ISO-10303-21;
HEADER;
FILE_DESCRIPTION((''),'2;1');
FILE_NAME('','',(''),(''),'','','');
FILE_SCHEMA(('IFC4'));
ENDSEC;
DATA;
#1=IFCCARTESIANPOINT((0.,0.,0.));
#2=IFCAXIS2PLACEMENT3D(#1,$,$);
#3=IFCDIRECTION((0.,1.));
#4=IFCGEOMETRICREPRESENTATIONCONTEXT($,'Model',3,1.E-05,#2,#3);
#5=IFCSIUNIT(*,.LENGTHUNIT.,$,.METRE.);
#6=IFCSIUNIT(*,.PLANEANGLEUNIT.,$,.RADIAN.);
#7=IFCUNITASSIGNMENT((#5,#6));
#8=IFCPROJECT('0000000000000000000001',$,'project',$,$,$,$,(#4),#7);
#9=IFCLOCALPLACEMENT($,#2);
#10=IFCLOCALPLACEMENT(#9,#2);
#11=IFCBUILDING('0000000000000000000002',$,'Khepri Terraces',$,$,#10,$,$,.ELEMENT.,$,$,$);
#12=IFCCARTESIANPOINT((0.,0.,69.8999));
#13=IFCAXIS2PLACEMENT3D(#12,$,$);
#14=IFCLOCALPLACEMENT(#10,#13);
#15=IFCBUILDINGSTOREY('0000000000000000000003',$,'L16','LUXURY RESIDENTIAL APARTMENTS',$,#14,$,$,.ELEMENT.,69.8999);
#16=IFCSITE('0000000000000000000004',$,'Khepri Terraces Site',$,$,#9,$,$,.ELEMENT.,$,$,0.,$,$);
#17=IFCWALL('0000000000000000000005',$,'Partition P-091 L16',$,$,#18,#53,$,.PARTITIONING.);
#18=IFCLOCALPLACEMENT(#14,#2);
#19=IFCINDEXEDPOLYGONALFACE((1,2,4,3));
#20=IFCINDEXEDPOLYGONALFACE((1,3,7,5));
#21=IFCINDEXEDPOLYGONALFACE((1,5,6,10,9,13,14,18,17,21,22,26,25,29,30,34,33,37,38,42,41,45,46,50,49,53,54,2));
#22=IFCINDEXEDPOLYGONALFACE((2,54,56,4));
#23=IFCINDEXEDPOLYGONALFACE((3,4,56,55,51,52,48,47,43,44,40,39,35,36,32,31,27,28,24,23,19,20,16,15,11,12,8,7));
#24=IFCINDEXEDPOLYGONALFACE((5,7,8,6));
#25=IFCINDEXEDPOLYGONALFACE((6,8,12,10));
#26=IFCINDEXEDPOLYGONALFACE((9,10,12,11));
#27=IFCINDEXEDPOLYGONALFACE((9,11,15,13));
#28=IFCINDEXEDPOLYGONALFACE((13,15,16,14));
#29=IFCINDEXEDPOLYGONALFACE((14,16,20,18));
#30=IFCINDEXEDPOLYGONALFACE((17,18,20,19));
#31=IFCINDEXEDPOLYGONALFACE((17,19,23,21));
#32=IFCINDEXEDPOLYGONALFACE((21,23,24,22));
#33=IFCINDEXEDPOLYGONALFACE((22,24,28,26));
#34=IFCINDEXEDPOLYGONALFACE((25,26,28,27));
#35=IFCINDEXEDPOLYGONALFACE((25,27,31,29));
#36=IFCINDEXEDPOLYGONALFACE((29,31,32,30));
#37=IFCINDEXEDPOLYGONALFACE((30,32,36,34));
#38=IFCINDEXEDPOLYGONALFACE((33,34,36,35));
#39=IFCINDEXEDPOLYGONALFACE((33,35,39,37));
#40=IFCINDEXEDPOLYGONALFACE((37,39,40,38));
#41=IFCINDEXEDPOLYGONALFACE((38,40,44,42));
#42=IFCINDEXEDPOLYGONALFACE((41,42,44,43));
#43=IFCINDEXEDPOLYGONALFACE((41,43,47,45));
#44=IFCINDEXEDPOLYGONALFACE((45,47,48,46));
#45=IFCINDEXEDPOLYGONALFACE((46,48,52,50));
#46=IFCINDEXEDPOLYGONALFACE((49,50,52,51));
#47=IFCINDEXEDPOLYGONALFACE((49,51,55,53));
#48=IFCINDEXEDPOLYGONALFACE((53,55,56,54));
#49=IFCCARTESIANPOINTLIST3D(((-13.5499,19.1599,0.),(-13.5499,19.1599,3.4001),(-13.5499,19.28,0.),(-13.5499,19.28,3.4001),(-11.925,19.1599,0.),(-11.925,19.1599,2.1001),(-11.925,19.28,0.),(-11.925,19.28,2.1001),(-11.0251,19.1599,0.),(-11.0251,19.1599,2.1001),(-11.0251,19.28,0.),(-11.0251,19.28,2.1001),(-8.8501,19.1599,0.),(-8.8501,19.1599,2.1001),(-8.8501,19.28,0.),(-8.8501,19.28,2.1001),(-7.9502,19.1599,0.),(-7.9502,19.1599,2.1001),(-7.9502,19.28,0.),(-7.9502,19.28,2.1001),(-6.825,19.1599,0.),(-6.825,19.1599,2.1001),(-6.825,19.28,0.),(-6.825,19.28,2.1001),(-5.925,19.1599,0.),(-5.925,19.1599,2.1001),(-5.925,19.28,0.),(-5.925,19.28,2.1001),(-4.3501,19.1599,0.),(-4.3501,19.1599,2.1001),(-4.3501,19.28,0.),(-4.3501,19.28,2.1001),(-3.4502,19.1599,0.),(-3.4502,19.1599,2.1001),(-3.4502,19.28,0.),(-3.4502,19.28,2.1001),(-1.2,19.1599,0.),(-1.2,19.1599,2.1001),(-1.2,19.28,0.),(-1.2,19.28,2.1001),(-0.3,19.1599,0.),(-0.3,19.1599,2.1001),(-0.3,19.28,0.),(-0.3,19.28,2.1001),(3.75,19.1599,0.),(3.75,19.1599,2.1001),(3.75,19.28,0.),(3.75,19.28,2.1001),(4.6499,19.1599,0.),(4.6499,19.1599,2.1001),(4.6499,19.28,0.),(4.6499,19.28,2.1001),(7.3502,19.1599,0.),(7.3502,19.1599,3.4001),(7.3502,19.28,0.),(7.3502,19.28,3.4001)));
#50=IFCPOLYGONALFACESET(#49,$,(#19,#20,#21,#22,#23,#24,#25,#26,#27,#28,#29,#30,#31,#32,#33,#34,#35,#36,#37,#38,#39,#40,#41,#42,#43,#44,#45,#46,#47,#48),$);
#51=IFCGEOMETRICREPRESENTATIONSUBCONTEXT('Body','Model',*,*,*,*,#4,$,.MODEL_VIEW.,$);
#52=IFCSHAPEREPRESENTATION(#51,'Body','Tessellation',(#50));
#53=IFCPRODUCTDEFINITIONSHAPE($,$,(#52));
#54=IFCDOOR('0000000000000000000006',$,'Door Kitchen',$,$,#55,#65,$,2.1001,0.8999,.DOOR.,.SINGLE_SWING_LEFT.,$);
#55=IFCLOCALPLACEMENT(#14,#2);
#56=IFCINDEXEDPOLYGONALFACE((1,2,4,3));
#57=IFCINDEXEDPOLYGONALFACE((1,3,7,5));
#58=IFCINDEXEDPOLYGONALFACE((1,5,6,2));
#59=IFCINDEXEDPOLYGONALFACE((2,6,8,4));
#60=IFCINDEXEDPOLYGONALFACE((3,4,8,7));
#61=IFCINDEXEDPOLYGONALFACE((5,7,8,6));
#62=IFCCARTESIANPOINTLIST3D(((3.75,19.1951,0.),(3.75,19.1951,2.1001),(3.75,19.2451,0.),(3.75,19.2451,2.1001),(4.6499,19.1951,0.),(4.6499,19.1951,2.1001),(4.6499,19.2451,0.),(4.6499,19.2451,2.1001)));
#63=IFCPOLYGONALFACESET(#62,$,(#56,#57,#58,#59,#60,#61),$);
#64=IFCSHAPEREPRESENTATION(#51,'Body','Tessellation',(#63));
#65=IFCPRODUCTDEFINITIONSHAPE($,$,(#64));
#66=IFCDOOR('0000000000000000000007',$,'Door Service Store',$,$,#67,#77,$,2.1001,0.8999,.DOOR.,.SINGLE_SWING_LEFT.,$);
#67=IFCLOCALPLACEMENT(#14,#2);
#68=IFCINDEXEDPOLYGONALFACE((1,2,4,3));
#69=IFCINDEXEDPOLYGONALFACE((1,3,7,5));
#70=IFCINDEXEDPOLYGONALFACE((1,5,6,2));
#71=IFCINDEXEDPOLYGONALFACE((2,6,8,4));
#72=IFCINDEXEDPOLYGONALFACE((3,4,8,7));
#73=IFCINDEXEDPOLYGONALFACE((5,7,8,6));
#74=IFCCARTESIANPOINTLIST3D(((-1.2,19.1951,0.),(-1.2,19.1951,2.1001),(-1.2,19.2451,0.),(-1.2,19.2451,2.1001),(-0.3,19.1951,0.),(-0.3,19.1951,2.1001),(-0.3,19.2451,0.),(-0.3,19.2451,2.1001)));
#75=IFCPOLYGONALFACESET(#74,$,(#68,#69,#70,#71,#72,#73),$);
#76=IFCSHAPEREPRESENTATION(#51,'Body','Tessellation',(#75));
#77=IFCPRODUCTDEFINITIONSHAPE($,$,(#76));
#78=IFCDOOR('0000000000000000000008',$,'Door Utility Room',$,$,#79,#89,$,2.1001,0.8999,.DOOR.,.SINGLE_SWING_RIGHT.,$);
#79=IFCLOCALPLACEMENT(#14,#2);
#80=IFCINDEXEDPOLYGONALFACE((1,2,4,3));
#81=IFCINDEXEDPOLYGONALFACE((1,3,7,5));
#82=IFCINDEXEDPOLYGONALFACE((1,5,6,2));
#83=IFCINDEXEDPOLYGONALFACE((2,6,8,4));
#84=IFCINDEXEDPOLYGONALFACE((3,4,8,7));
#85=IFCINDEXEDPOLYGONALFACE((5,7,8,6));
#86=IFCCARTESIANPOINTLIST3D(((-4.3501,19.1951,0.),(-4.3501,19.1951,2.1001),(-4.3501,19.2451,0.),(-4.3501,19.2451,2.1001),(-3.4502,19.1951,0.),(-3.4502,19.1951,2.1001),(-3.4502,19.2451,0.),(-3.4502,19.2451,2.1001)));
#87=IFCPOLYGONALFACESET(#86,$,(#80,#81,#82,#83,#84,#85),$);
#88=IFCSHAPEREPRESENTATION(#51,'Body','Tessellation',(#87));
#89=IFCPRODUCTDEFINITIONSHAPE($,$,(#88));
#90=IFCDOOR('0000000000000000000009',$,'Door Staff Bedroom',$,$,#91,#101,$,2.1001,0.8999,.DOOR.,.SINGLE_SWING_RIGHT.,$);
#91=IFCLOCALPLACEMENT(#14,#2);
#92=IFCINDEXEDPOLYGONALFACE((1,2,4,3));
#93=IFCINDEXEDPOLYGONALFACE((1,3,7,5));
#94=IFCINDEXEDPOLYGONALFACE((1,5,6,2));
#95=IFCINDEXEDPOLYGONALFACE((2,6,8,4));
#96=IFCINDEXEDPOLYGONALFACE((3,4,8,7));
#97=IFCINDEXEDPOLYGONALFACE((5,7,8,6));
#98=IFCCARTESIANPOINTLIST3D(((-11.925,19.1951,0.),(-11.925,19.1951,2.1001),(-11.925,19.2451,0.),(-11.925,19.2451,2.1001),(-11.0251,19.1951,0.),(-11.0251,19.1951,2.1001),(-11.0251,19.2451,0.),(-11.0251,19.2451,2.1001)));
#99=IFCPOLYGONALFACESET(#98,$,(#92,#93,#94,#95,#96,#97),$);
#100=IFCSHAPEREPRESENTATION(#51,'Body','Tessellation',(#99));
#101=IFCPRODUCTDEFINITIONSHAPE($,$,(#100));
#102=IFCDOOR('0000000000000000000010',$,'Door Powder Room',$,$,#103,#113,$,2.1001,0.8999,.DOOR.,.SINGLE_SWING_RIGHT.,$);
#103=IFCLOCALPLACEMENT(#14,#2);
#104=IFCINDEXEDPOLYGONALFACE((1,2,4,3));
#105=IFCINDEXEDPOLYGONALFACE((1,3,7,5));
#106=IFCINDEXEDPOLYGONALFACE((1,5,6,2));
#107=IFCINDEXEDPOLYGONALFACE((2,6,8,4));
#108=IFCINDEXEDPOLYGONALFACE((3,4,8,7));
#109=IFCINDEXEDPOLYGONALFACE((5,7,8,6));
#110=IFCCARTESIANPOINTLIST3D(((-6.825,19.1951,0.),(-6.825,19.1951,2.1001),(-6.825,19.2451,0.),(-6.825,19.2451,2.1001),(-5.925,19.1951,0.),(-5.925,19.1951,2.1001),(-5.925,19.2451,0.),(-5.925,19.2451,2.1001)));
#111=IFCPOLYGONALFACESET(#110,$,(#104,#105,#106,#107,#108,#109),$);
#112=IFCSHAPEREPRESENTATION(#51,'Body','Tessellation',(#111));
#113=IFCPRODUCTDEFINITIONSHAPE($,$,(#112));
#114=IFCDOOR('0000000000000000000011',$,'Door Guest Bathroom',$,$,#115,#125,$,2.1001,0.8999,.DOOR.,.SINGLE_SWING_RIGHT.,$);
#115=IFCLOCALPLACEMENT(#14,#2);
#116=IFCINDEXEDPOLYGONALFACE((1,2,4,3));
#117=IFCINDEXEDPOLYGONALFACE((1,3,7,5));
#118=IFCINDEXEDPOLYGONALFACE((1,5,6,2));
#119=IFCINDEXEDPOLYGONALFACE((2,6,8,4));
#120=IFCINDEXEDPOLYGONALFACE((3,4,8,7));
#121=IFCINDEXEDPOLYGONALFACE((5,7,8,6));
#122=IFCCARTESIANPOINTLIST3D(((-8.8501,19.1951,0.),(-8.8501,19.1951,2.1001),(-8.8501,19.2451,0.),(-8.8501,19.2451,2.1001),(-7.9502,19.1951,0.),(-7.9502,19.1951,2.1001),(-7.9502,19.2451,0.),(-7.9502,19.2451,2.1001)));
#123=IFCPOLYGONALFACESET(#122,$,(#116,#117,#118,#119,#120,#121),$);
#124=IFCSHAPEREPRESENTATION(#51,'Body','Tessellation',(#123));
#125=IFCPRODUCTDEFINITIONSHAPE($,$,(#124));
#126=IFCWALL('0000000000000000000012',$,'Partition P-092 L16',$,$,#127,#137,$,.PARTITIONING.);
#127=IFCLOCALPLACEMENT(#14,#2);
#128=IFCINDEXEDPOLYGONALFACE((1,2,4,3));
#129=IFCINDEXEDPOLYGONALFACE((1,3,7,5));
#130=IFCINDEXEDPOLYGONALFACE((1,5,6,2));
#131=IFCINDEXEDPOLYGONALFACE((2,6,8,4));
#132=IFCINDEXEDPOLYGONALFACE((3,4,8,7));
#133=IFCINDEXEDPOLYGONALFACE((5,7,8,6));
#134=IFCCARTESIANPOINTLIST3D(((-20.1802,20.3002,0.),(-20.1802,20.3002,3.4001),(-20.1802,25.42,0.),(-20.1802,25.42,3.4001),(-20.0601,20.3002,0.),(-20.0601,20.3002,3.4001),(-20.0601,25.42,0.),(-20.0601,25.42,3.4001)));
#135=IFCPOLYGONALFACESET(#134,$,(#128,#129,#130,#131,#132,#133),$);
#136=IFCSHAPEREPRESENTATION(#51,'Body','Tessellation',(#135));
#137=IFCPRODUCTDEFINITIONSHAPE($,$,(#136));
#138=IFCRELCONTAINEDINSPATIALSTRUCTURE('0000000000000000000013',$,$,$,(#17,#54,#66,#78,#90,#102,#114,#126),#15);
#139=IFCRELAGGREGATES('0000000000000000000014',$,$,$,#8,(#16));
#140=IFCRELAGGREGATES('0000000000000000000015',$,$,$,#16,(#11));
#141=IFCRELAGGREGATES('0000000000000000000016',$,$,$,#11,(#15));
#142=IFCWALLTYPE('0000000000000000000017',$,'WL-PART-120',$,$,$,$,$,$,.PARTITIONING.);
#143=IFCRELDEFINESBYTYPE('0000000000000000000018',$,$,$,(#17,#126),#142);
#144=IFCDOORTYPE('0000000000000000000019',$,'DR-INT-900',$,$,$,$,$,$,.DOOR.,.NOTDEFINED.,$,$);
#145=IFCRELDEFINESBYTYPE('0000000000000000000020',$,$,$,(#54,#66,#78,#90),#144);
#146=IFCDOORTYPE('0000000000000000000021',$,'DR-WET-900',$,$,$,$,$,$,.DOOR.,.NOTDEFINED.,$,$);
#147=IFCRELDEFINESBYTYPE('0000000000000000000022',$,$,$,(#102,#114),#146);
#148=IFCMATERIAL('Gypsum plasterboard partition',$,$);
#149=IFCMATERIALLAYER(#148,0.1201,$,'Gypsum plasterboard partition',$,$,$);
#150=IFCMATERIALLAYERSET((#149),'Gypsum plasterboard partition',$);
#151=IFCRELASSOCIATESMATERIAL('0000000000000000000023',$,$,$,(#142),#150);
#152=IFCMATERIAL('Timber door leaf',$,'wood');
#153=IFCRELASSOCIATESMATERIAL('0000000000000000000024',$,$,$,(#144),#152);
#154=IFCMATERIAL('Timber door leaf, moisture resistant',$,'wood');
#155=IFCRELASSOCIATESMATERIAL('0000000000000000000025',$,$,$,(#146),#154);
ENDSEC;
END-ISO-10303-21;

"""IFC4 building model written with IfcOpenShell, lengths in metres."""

from ifc_helpers import new_model, si_unit, direction, frame, frame_2d, origin, place, context, subcontext, project, spatial, rectangle, extrude, material, layer, layer_set, type_object, element, fill, save


model = new_model("IFC4")

# Units and contexts
model_context = context("Model", 3, precision=1e-05, world=origin(), true_north=direction((0.0, 1.0)))
body_context = subcontext(model_context, "Body", "Model", "MODEL_VIEW")
ifc_project = project(units=[si_unit("LENGTHUNIT", "METRE"), si_unit("PLANEANGLEUNIT", "RADIAN")], contexts=[model_context])

# Site, building, storey
site_placement = place(None, origin())
site = spatial("IfcSite", under=ifc_project, at=site_placement, Name="Khepri Terraces Site", CompositionType="ELEMENT", RefElevation=0.0)
building_placement = place(site_placement, origin())
building = spatial("IfcBuilding", under=site, at=building_placement, Name="Khepri Terraces", CompositionType="ELEMENT")
storey_placement = place(building_placement, frame((0.0, 0.0, 69.8999)))
storey = spatial("IfcBuildingStorey", under=building, at=storey_placement, Name="L16", Description="LUXURY RESIDENTIAL APARTMENTS", CompositionType="ELEMENT", Elevation=69.8999)

# Shared definitions
ifc_material_1 = material(Name="Gypsum plasterboard partition")
ifc_layer_1 = layer(ifc_material_1, 0.1201, Name="Gypsum plasterboard partition")
ifc_layer_set_1 = layer_set([ifc_layer_1], Name="Gypsum plasterboard partition")
wall_type_1 = type_object("IfcWallType", Name="WL-PART-120", PredefinedType="PARTITIONING", material=ifc_layer_set_1)

# Wall, openings, doors
wall_1_placement = place(storey_placement, frame((-13.55, 19.22, 0.0), z_axis=(0.0, 0.0, 1.0), x_axis=(1.0, 0.0, 0.0)))
wall_1 = element("IfcWall", 1, at=wall_1_placement, inside=storey, type_object=wall_type_1, Name="Partition P-091 L16", PredefinedType="PARTITIONING", context=body_context, shape_type="SweptSolid", body=[
    extrude(rectangle(XDim=20.9001, YDim=0.1201, at=frame_2d((10.4502, 0.0))), origin(), (0.0, 0.0, 1.0), 3.4001),
])
opening_1_placement = place(wall_1_placement, frame((17.3, 0.0, 0.0)))
opening_1 = element("IfcOpeningElement", 2, at=opening_1_placement, cuts=wall_1, PredefinedType="OPENING", context=body_context, shape_type="SweptSolid", body=[
    extrude(rectangle(XDim=0.8999, YDim=2.1001, at=frame_2d((0.45, 1.05))), frame((0.0, 0.0701, 0.0), z_axis=(0.0, -1.0, 0.0), x_axis=(1.0, 0.0, 0.0)), (0.0, 0.0, 1.0), 0.1401),
])
opening_2_placement = place(wall_1_placement, frame((12.3501, 0.0, 0.0)))
opening_2 = element("IfcOpeningElement", 3, at=opening_2_placement, cuts=wall_1, PredefinedType="OPENING", context=body_context, shape_type="SweptSolid", body=[
    extrude(rectangle(XDim=0.8999, YDim=2.1001, at=frame_2d((0.45, 1.05))), frame((0.0, 0.0701, 0.0), z_axis=(0.0, -1.0, 0.0), x_axis=(1.0, 0.0, 0.0)), (0.0, 0.0, 1.0), 0.1401),
])
opening_3_placement = place(wall_1_placement, frame((9.2, 0.0, 0.0)))
opening_3 = element("IfcOpeningElement", 4, at=opening_3_placement, cuts=wall_1, PredefinedType="OPENING", context=body_context, shape_type="SweptSolid", body=[
    extrude(rectangle(XDim=0.8999, YDim=2.1001, at=frame_2d((0.45, 1.05))), frame((0.0, 0.0701, 0.0), z_axis=(0.0, -1.0, 0.0), x_axis=(1.0, 0.0, 0.0)), (0.0, 0.0, 1.0), 0.1401),
])
opening_4_placement = place(wall_1_placement, frame((6.7251, 0.0, 0.0)))
opening_4 = element("IfcOpeningElement", 5, at=opening_4_placement, cuts=wall_1, PredefinedType="OPENING", context=body_context, shape_type="SweptSolid", body=[
    extrude(rectangle(XDim=0.8999, YDim=2.1001, at=frame_2d((0.45, 1.05))), frame((0.0, 0.0701, 0.0), z_axis=(0.0, -1.0, 0.0), x_axis=(1.0, 0.0, 0.0)), (0.0, 0.0, 1.0), 0.1401),
])
opening_5_placement = place(wall_1_placement, frame((4.7, 0.0, 0.0)))
opening_5 = element("IfcOpeningElement", 6, at=opening_5_placement, cuts=wall_1, PredefinedType="OPENING", context=body_context, shape_type="SweptSolid", body=[
    extrude(rectangle(XDim=0.8999, YDim=2.1001, at=frame_2d((0.45, 1.05))), frame((0.0, 0.0701, 0.0), z_axis=(0.0, -1.0, 0.0), x_axis=(1.0, 0.0, 0.0)), (0.0, 0.0, 1.0), 0.1401),
])
opening_6_placement = place(wall_1_placement, frame((1.625, 0.0, 0.0)))
opening_6 = element("IfcOpeningElement", 7, at=opening_6_placement, cuts=wall_1, PredefinedType="OPENING", context=body_context, shape_type="SweptSolid", body=[
    extrude(rectangle(XDim=0.8999, YDim=2.1001, at=frame_2d((0.45, 1.05))), frame((0.0, 0.0701, 0.0), z_axis=(0.0, -1.0, 0.0), x_axis=(1.0, 0.0, 0.0)), (0.0, 0.0, 1.0), 0.1401),
])
ifc_material_2 = material(Name="Timber door leaf", Category="wood")
door_type_1 = type_object("IfcDoorType", Name="DR-INT-900", OperationType="NOTDEFINED", PredefinedType="DOOR", material=ifc_material_2)
door_1_placement = place(opening_1_placement, frame((0.8999, 0.0, 0.0), z_axis=(0.0, 0.0, 1.0), x_axis=(-1.0, 0.0, 0.0)))
door_1 = element("IfcDoor", 8, at=door_1_placement, inside=storey, type_object=door_type_1, Name="Door Kitchen", OperationType="SINGLE_SWING_LEFT", OverallHeight=2.1001, OverallWidth=0.8999, PredefinedType="DOOR", context=body_context, shape_type="SweptSolid", body=[
    extrude(rectangle(XDim=0.8999, YDim=2.1001, at=frame_2d((0.45, 1.05))), frame((0.0, 0.0249, 0.0), z_axis=(0.0, -1.0, 0.0), x_axis=(1.0, 0.0, 0.0)), (0.0, 0.0, 1.0), 0.05),
])
fill(opening_1, door_1)
door_2_placement = place(opening_2_placement, frame((0.8999, 0.0, 0.0), z_axis=(0.0, 0.0, 1.0), x_axis=(-1.0, 0.0, 0.0)))
door_2 = element("IfcDoor", 9, at=door_2_placement, inside=storey, type_object=door_type_1, Name="Door Service Store", OperationType="SINGLE_SWING_LEFT", OverallHeight=2.1001, OverallWidth=0.8999, PredefinedType="DOOR", context=body_context, shape_type="SweptSolid", body=[
    extrude(rectangle(XDim=0.8999, YDim=2.1001, at=frame_2d((0.45, 1.05))), frame((0.0, 0.0249, 0.0), z_axis=(0.0, -1.0, 0.0), x_axis=(1.0, 0.0, 0.0)), (0.0, 0.0, 1.0), 0.05),
])
fill(opening_2, door_2)
door_3_placement = place(opening_3_placement, frame((0.8999, 0.0, 0.0), z_axis=(0.0, 0.0, 1.0), x_axis=(-1.0, 0.0, 0.0)))
door_3 = element("IfcDoor", 10, at=door_3_placement, inside=storey, type_object=door_type_1, Name="Door Utility Room", OperationType="SINGLE_SWING_RIGHT", OverallHeight=2.1001, OverallWidth=0.8999, PredefinedType="DOOR", context=body_context, shape_type="SweptSolid", body=[
    extrude(rectangle(XDim=0.8999, YDim=2.1001, at=frame_2d((0.45, 1.05))), frame((0.0, 0.0249, 0.0), z_axis=(0.0, -1.0, 0.0), x_axis=(1.0, 0.0, 0.0)), (0.0, 0.0, 1.0), 0.05),
])
fill(opening_3, door_3)
door_4_placement = place(opening_6_placement, frame((0.8999, 0.0, 0.0), z_axis=(0.0, 0.0, 1.0), x_axis=(-1.0, 0.0, 0.0)))
door_4 = element("IfcDoor", 11, at=door_4_placement, inside=storey, type_object=door_type_1, Name="Door Staff Bedroom", OperationType="SINGLE_SWING_RIGHT", OverallHeight=2.1001, OverallWidth=0.8999, PredefinedType="DOOR", context=body_context, shape_type="SweptSolid", body=[
    extrude(rectangle(XDim=0.8999, YDim=2.1001, at=frame_2d((0.45, 1.05))), frame((0.0, 0.0249, 0.0), z_axis=(0.0, -1.0, 0.0), x_axis=(1.0, 0.0, 0.0)), (0.0, 0.0, 1.0), 0.05),
])
fill(opening_6, door_4)
ifc_material_3 = material(Name="Timber door leaf, moisture resistant", Category="wood")
door_type_2 = type_object("IfcDoorType", Name="DR-WET-900", OperationType="NOTDEFINED", PredefinedType="DOOR", material=ifc_material_3)
door_5_placement = place(opening_4_placement, frame((0.8999, 0.0, 0.0), z_axis=(0.0, 0.0, 1.0), x_axis=(-1.0, 0.0, 0.0)))
door_5 = element("IfcDoor", 12, at=door_5_placement, inside=storey, type_object=door_type_2, Name="Door Powder Room", OperationType="SINGLE_SWING_RIGHT", OverallHeight=2.1001, OverallWidth=0.8999, PredefinedType="DOOR", context=body_context, shape_type="SweptSolid", body=[
    extrude(rectangle(XDim=0.8999, YDim=2.1001, at=frame_2d((0.45, 1.05))), frame((0.0, 0.0249, 0.0), z_axis=(0.0, -1.0, 0.0), x_axis=(1.0, 0.0, 0.0)), (0.0, 0.0, 1.0), 0.05),
])
fill(opening_4, door_5)
door_6_placement = place(opening_5_placement, frame((0.8999, 0.0, 0.0), z_axis=(0.0, 0.0, 1.0), x_axis=(-1.0, 0.0, 0.0)))
door_6 = element("IfcDoor", 13, at=door_6_placement, inside=storey, type_object=door_type_2, Name="Door Guest Bathroom", OperationType="SINGLE_SWING_RIGHT", OverallHeight=2.1001, OverallWidth=0.8999, PredefinedType="DOOR", context=body_context, shape_type="SweptSolid", body=[
    extrude(rectangle(XDim=0.8999, YDim=2.1001, at=frame_2d((0.45, 1.05))), frame((0.0, 0.0249, 0.0), z_axis=(0.0, -1.0, 0.0), x_axis=(1.0, 0.0, 0.0)), (0.0, 0.0, 1.0), 0.05),
])
fill(opening_5, door_6)

# Wall
wall_2_placement = place(storey_placement, frame((-20.1201, 20.3, 0.0), z_axis=(0.0, 0.0, 1.0), x_axis=(0.0, 1.0, 0.0)))
element("IfcWall", 14, at=wall_2_placement, inside=storey, type_object=wall_type_1, Name="Partition P-092 L16", PredefinedType="PARTITIONING", context=body_context, shape_type="SweptSolid", body=[
    extrude(rectangle(XDim=5.1199, YDim=0.1201, at=frame_2d((2.5601, 0.0))), origin(), (0.0, 0.0, 1.0), 3.4001),
])

save(model, "model.ifc")
